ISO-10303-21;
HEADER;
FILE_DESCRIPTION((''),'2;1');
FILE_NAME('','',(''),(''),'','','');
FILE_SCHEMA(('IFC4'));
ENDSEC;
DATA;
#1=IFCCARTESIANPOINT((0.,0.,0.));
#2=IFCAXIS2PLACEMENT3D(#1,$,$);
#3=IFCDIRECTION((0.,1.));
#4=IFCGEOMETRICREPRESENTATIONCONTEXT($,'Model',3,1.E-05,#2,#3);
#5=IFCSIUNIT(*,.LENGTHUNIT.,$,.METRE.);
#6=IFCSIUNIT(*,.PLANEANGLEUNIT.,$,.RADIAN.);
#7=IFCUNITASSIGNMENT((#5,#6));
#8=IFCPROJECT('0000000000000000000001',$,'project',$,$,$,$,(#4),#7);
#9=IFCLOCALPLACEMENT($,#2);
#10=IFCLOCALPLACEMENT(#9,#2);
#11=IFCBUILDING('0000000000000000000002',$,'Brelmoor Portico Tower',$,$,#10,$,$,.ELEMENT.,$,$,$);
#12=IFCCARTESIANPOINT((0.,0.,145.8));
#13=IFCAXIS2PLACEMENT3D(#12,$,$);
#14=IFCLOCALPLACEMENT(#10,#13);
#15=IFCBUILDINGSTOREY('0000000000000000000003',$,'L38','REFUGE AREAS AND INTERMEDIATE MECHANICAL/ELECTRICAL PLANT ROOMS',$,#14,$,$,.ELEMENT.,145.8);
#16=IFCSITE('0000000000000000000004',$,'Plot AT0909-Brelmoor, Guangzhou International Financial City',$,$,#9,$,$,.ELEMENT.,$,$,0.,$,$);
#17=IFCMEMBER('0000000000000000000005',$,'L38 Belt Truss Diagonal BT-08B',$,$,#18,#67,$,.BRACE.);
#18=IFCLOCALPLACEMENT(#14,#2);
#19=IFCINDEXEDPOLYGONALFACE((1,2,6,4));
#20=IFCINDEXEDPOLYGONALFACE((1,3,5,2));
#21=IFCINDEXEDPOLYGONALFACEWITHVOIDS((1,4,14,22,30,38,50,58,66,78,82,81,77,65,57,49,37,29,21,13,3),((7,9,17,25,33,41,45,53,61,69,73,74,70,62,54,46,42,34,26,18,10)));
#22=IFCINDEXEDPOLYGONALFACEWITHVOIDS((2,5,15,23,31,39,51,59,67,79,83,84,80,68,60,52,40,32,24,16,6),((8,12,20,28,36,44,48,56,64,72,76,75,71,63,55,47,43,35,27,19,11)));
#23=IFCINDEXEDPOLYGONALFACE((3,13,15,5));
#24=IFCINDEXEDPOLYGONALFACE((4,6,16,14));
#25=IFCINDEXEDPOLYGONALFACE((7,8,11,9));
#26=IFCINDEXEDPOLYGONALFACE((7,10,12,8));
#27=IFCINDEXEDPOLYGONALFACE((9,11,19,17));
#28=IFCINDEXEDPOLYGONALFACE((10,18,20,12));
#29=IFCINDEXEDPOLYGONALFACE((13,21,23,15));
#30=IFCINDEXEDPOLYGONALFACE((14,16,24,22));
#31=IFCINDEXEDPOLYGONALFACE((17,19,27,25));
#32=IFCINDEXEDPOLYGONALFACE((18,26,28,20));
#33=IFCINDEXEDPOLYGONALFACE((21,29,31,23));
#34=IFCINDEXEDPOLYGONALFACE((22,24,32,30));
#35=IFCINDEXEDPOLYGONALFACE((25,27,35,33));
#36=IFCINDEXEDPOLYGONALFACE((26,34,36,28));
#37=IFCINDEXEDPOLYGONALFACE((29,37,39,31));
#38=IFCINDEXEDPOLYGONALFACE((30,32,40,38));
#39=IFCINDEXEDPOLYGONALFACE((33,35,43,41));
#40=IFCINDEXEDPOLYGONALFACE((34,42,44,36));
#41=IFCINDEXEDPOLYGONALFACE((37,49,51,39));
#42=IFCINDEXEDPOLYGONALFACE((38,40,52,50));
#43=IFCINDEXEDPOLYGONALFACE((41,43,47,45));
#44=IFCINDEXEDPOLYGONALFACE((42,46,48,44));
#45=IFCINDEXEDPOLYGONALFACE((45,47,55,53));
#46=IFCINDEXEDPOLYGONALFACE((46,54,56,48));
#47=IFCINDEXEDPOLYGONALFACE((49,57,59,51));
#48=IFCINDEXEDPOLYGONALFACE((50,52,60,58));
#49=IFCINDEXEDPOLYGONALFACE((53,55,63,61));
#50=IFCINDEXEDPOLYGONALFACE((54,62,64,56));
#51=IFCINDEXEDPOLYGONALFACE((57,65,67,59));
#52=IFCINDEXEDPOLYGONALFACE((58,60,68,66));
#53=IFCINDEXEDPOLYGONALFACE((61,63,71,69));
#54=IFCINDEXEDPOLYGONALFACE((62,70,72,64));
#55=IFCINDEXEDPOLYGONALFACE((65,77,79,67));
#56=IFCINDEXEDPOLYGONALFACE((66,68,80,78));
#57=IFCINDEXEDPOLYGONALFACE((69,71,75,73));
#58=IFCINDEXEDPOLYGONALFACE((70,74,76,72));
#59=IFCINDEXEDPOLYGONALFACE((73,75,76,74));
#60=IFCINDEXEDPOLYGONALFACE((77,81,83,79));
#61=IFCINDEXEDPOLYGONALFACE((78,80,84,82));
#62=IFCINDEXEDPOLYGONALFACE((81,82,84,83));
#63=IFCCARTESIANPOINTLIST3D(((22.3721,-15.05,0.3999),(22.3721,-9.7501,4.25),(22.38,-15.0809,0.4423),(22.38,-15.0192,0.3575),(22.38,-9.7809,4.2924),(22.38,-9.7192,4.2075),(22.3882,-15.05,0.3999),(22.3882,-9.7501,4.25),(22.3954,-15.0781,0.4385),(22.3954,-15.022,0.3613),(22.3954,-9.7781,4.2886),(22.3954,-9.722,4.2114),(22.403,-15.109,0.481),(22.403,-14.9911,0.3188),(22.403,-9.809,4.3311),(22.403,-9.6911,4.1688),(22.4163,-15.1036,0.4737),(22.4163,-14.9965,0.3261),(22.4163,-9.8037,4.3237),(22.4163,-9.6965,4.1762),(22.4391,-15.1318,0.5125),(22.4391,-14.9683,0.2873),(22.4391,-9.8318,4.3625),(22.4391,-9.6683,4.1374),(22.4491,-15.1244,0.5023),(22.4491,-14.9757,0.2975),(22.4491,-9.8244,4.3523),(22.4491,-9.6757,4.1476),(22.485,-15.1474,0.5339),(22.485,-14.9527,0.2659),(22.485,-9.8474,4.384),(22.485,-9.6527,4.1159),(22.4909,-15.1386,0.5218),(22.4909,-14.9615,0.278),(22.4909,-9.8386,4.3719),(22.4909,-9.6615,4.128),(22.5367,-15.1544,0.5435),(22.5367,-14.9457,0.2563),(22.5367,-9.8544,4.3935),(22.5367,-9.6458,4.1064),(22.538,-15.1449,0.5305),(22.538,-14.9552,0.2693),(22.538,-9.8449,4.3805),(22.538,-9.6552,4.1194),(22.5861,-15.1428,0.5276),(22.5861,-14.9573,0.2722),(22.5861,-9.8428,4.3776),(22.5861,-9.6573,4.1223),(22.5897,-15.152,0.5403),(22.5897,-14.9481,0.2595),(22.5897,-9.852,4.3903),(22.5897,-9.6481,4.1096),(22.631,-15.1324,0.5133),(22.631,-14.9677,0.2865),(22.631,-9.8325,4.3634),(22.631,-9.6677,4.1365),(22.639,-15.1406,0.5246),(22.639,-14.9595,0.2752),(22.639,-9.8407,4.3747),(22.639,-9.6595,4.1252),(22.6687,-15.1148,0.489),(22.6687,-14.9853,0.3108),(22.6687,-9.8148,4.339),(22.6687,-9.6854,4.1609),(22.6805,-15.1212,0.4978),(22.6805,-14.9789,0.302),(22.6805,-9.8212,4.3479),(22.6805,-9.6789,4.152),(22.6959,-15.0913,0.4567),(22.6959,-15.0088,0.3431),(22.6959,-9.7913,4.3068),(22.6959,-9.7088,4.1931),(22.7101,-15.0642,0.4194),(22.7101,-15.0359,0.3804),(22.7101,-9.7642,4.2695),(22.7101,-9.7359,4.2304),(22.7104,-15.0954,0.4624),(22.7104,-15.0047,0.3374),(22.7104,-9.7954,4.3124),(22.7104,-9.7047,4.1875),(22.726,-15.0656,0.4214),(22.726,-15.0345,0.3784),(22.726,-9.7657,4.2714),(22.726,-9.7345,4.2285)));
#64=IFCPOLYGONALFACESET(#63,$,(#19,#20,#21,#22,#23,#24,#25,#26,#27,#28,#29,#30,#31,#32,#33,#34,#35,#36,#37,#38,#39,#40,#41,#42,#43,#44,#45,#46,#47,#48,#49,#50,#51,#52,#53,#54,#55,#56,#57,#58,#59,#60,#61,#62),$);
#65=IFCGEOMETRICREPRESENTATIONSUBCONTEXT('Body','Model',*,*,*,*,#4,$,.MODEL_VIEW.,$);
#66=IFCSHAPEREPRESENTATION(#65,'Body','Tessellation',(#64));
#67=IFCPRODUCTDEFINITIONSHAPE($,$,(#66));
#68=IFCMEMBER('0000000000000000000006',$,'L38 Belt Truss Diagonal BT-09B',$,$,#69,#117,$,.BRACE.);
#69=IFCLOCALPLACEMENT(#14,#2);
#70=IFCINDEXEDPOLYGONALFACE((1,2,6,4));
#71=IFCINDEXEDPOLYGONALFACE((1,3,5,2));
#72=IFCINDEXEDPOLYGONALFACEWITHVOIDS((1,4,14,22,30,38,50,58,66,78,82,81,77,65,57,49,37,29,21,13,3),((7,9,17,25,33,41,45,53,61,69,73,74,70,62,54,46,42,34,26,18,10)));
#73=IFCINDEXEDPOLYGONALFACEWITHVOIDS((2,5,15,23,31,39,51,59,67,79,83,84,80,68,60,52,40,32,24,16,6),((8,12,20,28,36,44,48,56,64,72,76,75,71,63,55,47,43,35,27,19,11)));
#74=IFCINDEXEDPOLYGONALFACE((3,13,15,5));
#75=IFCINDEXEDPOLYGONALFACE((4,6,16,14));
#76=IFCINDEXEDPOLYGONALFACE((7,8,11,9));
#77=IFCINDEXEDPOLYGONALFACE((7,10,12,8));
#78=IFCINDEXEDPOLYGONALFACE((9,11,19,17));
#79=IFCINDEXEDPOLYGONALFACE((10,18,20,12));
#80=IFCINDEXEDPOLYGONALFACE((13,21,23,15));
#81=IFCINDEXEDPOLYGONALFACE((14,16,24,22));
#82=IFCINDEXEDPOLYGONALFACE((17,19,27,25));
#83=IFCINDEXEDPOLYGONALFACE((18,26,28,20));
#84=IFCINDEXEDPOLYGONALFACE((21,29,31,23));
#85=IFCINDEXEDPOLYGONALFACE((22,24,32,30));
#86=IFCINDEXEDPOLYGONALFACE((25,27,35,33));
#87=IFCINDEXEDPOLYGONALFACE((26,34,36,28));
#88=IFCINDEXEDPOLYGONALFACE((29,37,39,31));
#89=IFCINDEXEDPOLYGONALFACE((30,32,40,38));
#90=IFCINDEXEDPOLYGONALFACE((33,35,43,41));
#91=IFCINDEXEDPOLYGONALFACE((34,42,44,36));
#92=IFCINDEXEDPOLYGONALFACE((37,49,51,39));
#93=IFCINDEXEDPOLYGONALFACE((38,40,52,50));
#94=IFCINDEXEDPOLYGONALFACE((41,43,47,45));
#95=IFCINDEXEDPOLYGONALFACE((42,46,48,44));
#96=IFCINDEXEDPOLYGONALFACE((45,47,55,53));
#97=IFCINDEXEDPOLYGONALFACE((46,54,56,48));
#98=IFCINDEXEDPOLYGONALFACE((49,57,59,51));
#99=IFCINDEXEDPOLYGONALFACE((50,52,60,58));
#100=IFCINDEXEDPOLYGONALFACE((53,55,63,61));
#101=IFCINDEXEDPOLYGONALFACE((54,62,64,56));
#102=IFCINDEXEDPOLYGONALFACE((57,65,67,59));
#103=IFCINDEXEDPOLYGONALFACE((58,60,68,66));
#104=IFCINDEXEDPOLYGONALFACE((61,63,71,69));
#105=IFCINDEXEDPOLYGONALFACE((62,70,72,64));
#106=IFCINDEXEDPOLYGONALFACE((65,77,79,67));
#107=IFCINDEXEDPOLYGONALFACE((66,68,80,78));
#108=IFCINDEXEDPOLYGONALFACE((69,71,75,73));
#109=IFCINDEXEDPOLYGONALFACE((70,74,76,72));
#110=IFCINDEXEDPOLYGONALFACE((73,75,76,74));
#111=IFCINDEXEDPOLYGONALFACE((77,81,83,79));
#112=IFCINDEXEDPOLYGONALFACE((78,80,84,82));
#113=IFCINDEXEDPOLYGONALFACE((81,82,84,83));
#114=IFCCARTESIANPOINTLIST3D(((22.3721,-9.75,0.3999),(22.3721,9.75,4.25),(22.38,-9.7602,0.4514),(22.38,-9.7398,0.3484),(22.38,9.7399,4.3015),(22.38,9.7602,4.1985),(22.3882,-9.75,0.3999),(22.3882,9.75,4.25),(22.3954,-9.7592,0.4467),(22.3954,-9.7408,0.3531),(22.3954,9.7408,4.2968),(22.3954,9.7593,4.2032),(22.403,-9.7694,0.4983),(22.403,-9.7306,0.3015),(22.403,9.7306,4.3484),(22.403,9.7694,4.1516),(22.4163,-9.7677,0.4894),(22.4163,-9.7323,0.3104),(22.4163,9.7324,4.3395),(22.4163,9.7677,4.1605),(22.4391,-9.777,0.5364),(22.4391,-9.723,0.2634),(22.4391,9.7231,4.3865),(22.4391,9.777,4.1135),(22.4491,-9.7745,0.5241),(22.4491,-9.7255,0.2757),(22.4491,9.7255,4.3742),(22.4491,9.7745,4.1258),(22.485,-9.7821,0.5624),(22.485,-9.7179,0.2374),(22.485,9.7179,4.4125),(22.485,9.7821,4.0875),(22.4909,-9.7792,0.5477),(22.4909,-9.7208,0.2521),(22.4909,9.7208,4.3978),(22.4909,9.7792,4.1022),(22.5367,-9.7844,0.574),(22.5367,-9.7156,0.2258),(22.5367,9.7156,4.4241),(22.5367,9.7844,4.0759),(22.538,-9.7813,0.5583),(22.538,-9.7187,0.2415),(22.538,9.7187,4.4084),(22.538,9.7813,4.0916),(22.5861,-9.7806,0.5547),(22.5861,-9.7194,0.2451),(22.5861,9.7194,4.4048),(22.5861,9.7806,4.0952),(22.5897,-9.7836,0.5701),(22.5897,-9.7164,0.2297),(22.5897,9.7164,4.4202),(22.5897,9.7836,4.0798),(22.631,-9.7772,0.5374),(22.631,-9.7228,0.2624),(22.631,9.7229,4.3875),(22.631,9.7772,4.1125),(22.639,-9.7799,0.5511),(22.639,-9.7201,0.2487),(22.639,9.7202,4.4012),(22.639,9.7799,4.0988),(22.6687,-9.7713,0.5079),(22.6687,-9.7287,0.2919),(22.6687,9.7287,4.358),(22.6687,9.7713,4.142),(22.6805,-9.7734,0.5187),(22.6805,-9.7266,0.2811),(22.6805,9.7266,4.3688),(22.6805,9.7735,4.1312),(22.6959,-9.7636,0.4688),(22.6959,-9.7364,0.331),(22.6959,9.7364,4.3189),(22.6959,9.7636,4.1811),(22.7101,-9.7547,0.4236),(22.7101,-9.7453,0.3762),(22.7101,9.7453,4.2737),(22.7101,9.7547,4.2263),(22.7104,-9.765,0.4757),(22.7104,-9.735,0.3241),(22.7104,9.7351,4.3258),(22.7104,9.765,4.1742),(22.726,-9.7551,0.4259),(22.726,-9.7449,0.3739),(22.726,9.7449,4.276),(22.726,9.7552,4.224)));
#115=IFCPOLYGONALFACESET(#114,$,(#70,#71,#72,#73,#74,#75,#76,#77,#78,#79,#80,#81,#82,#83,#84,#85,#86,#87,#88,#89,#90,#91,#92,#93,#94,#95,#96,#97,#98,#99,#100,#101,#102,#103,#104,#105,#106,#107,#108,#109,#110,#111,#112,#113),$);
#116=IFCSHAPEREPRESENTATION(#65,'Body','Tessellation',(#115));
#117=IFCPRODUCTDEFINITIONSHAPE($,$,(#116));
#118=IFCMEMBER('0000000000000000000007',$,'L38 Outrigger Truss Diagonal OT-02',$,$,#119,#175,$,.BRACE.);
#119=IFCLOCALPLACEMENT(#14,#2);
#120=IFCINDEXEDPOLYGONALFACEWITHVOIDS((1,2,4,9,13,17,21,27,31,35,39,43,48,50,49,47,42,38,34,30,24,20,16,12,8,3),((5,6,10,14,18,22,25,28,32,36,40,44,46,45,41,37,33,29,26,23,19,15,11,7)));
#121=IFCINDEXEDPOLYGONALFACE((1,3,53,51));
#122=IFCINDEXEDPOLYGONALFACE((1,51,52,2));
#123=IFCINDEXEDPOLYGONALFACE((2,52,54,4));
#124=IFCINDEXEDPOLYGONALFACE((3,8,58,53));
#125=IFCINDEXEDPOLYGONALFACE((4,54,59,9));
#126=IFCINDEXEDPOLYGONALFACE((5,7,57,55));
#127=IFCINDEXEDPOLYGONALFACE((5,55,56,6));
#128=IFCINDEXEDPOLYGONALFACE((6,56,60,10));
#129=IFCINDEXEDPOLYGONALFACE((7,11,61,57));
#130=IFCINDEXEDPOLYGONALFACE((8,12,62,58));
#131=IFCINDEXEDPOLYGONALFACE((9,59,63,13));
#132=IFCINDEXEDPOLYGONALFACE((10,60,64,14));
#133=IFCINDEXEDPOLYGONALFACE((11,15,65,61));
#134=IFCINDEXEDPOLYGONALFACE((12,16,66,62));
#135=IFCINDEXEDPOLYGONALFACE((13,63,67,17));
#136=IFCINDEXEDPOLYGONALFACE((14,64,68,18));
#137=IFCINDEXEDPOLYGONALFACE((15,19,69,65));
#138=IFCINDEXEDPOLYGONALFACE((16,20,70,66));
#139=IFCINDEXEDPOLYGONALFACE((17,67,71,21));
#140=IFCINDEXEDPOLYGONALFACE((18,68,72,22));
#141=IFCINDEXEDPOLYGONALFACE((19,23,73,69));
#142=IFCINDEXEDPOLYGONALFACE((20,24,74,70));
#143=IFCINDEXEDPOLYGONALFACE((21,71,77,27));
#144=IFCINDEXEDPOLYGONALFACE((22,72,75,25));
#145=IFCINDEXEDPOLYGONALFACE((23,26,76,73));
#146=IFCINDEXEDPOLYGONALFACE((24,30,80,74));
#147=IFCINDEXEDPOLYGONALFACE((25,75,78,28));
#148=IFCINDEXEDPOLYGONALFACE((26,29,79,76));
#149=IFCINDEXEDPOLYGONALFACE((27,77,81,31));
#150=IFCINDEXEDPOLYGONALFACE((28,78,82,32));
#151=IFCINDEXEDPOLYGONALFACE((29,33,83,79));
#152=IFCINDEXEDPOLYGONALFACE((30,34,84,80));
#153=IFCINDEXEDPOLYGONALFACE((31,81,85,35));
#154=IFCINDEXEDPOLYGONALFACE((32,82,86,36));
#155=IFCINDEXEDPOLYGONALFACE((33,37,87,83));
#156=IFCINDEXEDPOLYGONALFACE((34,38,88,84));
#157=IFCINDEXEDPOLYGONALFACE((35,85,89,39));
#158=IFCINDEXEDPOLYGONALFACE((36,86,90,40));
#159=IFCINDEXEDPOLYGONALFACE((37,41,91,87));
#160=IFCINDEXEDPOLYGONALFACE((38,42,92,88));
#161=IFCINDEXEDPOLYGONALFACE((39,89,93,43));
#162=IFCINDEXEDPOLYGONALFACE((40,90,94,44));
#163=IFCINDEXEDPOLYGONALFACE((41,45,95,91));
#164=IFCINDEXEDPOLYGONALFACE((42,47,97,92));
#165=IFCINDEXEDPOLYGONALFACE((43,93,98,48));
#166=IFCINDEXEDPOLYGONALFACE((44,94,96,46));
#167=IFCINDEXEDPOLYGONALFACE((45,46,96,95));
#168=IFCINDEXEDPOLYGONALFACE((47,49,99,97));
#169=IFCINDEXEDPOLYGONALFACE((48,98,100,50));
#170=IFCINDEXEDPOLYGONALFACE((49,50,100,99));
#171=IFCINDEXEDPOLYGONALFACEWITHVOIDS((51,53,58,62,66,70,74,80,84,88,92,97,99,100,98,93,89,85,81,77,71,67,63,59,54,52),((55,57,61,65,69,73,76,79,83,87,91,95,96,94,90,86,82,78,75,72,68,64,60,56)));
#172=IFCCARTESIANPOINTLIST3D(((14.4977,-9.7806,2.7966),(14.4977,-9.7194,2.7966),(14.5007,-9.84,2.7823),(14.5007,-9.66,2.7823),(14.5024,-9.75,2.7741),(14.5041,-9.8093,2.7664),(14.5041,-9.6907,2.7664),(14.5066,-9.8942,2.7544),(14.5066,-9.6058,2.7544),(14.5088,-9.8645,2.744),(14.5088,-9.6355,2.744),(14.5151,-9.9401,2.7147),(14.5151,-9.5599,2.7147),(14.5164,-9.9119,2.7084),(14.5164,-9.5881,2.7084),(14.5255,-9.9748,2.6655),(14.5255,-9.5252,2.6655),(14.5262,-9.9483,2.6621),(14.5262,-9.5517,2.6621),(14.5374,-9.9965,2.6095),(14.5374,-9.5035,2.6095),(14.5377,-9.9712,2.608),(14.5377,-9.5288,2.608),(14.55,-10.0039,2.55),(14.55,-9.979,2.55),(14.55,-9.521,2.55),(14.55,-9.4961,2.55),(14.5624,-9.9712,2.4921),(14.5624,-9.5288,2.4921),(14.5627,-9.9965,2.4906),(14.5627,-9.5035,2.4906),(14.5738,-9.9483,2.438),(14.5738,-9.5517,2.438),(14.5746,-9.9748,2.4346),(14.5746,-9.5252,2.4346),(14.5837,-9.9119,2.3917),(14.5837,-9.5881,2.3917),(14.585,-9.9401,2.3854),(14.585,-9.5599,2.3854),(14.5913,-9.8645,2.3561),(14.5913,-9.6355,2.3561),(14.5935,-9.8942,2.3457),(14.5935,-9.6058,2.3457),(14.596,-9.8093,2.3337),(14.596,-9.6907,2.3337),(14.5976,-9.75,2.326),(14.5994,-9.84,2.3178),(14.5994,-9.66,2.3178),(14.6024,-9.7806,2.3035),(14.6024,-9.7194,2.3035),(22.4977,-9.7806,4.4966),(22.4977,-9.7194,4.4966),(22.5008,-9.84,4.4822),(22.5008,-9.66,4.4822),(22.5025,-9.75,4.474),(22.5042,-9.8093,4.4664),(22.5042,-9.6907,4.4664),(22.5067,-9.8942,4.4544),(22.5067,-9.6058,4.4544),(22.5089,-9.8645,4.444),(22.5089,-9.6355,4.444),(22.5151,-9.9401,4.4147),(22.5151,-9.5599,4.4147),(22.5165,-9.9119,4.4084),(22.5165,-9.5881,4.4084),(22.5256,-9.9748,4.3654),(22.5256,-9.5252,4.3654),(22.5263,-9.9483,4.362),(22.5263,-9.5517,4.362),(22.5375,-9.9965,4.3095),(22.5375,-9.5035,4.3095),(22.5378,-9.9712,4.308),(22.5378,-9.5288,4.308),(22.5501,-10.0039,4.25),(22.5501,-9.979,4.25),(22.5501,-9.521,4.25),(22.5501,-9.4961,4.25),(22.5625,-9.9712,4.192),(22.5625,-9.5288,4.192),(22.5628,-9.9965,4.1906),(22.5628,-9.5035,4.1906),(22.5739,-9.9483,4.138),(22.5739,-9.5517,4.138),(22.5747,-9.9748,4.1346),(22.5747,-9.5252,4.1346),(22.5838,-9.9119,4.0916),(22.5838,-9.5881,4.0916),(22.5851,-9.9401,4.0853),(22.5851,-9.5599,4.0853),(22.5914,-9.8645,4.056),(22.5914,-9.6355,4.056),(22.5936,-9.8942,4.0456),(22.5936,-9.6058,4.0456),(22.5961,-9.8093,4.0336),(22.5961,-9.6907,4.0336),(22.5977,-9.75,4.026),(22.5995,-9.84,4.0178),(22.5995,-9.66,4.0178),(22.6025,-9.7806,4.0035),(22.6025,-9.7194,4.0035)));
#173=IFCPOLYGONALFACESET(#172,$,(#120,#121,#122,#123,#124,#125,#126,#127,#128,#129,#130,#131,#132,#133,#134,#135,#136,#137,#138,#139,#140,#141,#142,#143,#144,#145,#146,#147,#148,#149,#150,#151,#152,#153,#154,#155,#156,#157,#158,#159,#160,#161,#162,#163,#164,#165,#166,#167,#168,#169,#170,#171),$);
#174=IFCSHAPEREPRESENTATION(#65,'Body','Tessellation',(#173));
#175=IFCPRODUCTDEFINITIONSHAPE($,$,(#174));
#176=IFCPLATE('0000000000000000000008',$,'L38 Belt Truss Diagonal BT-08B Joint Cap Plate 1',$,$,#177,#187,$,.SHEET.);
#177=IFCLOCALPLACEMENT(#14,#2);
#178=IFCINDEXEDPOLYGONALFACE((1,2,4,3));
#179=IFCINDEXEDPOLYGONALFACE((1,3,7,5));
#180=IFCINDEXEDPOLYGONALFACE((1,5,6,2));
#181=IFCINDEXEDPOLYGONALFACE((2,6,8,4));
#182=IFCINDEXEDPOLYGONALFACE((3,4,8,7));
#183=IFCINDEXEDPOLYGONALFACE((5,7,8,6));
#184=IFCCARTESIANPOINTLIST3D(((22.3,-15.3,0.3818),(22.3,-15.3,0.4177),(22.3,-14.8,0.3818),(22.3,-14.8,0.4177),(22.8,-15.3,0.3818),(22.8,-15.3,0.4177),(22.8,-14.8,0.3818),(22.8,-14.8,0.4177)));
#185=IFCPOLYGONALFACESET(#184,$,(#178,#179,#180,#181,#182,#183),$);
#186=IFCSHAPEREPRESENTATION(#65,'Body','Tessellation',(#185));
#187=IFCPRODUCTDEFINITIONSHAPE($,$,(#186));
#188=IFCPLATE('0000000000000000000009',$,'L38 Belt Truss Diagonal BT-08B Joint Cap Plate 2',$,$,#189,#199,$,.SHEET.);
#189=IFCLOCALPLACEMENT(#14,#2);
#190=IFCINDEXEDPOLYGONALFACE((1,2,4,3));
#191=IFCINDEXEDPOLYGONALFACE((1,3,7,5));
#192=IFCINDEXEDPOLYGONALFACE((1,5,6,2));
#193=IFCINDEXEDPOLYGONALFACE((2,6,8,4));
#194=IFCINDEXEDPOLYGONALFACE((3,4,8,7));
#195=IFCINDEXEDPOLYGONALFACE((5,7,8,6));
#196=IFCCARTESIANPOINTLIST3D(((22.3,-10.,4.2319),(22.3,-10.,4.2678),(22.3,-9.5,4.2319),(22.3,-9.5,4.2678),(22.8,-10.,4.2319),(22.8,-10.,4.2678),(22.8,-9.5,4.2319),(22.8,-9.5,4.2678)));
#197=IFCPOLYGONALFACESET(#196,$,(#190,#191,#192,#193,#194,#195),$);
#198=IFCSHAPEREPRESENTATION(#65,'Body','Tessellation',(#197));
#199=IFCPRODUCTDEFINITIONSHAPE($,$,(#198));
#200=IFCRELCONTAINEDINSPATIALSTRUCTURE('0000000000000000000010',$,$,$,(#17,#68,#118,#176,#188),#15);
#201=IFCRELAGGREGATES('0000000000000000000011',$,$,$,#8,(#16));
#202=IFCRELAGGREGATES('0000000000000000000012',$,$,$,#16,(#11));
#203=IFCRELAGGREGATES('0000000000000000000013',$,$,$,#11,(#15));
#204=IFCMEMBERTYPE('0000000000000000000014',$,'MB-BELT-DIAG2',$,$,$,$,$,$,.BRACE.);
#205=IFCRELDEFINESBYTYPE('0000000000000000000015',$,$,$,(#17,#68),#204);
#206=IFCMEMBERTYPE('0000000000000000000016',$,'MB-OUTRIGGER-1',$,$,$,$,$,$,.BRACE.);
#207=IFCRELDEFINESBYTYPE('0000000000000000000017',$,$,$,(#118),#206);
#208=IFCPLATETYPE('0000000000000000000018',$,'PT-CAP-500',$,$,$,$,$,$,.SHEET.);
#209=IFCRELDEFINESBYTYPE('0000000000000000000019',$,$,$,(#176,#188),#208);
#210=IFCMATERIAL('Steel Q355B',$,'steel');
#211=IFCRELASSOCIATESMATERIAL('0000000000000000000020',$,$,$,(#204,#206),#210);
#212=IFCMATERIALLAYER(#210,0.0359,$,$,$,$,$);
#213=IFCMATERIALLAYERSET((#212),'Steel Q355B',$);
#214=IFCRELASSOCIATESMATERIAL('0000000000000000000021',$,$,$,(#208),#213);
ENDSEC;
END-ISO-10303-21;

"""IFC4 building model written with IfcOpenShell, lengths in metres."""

from ifc_helpers import new_model, si_unit, direction, frame, origin, origin_2d, place, context, subcontext, project, spatial, rectangle, hollow_circle, extrude, material, layer, layer_set, material_profile, profile_set, type_object, element, save


model = new_model("IFC4")

# Units and contexts
model_context = context("Model", 3, precision=1e-05, world=origin(), true_north=direction((0.0, 1.0)))
body_context = subcontext(model_context, "Body", "Model", "MODEL_VIEW")
ifc_project = project(units=[si_unit("LENGTHUNIT", "METRE"), si_unit("PLANEANGLEUNIT", "RADIAN")], contexts=[model_context])

# Site, building, storey
site_placement = place(None, origin())
site = spatial("IfcSite", under=ifc_project, at=site_placement, Name="Plot AT0909-Brelmoor, Guangzhou International Financial City", CompositionType="ELEMENT", RefElevation=0.0)
building_placement = place(site_placement, origin())
building = spatial("IfcBuilding", under=site, at=building_placement, Name="Brelmoor Portico Tower", CompositionType="ELEMENT")
storey_placement = place(building_placement, frame((0.0, 0.0, 145.8)))
storey = spatial("IfcBuildingStorey", under=building, at=storey_placement, Name="L38", Description="REFUGE AREAS AND INTERMEDIATE MECHANICAL/ELECTRICAL PLANT ROOMS", CompositionType="ELEMENT", Elevation=145.8)

# Shared definitions
ifc_material_1 = material(Name="Steel Q355B", Category="steel")

# Members
ifc_material_profile_1 = material_profile(ifc_material_1, hollow_circle(Radius=0.178, WallThickness=0.0161, at=origin_2d()), Name="CHS 356x16")
ifc_profile_set_1 = profile_set([ifc_material_profile_1], Name="Steel Q355B")
member_type_1 = type_object("IfcMemberType", Name="MB-BELT-DIAG2", PredefinedType="BRACE", material=ifc_profile_set_1)
member_1_placement = place(storey_placement, frame((22.55, -15.05, 0.3999), z_axis=(0.0, 0.809062, 0.587724), x_axis=(-1.0, 0.0, 0.0)))
element("IfcMember", 1, at=member_1_placement, inside=storey, type_object=member_type_1, Name="L38 Belt Truss Diagonal BT-08B", PredefinedType="BRACE", context=body_context, shape_type="SweptSolid", body=[
    extrude(hollow_circle(Radius=0.178, WallThickness=0.0161, at=origin_2d()), origin(), (0.0, 0.0, 1.0), 6.5508),
])
member_2_placement = place(storey_placement, frame((22.55, -9.75, 0.3999), z_axis=(0.0, 0.981061, 0.193701), x_axis=(-1.0, 0.0, 0.0)))
element("IfcMember", 2, at=member_2_placement, inside=storey, type_object=member_type_1, Name="L38 Belt Truss Diagonal BT-09B", PredefinedType="BRACE", context=body_context, shape_type="SweptSolid", body=[
    extrude(hollow_circle(Radius=0.178, WallThickness=0.0161, at=origin_2d()), origin(), (0.0, 0.0, 1.0), 19.8765),
])
ifc_material_profile_2 = material_profile(ifc_material_1, hollow_circle(Radius=0.2539, WallThickness=0.0249, at=origin_2d()), Name="CHS 508x25")
ifc_profile_set_2 = profile_set([ifc_material_profile_2], Name="Steel Q355B")
member_type_2 = type_object("IfcMemberType", Name="MB-OUTRIGGER-1", PredefinedType="BRACE", material=ifc_profile_set_2)
member_3_placement = place(storey_placement, frame((14.55, -9.75, 2.55), z_axis=(0.97816, 0.0, 0.207853), x_axis=(0.0, 1.0, 0.0)))
element("IfcMember", 3, at=member_3_placement, inside=storey, type_object=member_type_2, Name="L38 Outrigger Truss Diagonal OT-02", PredefinedType="BRACE", context=body_context, shape_type="SweptSolid", body=[
    extrude(hollow_circle(Radius=0.2539, WallThickness=0.0249, at=origin_2d()), origin(), (0.0, 0.0, 1.0), 8.1787),
])

# Plates
ifc_layer_1 = layer(ifc_material_1, 0.0359)
ifc_layer_set_1 = layer_set([ifc_layer_1], Name="Steel Q355B")
plate_type_1 = type_object("IfcPlateType", Name="PT-CAP-500", PredefinedType="SHEET", material=ifc_layer_set_1)
for number, where, z_axis, x_axis, name in (
    (4, (22.55, -15.05, 0.3818), (0.0, 0.0, 1.0), (1.0, 0.0, 0.0), "L38 Belt Truss Diagonal BT-08B Joint Cap Plate 1"),
    (5, (22.55, -9.75, 4.2319), (0.0, 0.0, 1.0), (1.0, 0.0, 0.0), "L38 Belt Truss Diagonal BT-08B Joint Cap Plate 2"),
):
    element("IfcPlate", number, at=place(storey_placement, frame(where, z_axis=z_axis, x_axis=x_axis)), inside=storey, type_object=plate_type_1, Name=name, PredefinedType="SHEET", context=body_context, shape_type="SweptSolid", body=[
        extrude(rectangle(XDim=0.5, YDim=0.5, at=origin_2d()), origin(), (0.0, 0.0, 1.0), 0.0359),
    ])

save(model, "model.ifc")
